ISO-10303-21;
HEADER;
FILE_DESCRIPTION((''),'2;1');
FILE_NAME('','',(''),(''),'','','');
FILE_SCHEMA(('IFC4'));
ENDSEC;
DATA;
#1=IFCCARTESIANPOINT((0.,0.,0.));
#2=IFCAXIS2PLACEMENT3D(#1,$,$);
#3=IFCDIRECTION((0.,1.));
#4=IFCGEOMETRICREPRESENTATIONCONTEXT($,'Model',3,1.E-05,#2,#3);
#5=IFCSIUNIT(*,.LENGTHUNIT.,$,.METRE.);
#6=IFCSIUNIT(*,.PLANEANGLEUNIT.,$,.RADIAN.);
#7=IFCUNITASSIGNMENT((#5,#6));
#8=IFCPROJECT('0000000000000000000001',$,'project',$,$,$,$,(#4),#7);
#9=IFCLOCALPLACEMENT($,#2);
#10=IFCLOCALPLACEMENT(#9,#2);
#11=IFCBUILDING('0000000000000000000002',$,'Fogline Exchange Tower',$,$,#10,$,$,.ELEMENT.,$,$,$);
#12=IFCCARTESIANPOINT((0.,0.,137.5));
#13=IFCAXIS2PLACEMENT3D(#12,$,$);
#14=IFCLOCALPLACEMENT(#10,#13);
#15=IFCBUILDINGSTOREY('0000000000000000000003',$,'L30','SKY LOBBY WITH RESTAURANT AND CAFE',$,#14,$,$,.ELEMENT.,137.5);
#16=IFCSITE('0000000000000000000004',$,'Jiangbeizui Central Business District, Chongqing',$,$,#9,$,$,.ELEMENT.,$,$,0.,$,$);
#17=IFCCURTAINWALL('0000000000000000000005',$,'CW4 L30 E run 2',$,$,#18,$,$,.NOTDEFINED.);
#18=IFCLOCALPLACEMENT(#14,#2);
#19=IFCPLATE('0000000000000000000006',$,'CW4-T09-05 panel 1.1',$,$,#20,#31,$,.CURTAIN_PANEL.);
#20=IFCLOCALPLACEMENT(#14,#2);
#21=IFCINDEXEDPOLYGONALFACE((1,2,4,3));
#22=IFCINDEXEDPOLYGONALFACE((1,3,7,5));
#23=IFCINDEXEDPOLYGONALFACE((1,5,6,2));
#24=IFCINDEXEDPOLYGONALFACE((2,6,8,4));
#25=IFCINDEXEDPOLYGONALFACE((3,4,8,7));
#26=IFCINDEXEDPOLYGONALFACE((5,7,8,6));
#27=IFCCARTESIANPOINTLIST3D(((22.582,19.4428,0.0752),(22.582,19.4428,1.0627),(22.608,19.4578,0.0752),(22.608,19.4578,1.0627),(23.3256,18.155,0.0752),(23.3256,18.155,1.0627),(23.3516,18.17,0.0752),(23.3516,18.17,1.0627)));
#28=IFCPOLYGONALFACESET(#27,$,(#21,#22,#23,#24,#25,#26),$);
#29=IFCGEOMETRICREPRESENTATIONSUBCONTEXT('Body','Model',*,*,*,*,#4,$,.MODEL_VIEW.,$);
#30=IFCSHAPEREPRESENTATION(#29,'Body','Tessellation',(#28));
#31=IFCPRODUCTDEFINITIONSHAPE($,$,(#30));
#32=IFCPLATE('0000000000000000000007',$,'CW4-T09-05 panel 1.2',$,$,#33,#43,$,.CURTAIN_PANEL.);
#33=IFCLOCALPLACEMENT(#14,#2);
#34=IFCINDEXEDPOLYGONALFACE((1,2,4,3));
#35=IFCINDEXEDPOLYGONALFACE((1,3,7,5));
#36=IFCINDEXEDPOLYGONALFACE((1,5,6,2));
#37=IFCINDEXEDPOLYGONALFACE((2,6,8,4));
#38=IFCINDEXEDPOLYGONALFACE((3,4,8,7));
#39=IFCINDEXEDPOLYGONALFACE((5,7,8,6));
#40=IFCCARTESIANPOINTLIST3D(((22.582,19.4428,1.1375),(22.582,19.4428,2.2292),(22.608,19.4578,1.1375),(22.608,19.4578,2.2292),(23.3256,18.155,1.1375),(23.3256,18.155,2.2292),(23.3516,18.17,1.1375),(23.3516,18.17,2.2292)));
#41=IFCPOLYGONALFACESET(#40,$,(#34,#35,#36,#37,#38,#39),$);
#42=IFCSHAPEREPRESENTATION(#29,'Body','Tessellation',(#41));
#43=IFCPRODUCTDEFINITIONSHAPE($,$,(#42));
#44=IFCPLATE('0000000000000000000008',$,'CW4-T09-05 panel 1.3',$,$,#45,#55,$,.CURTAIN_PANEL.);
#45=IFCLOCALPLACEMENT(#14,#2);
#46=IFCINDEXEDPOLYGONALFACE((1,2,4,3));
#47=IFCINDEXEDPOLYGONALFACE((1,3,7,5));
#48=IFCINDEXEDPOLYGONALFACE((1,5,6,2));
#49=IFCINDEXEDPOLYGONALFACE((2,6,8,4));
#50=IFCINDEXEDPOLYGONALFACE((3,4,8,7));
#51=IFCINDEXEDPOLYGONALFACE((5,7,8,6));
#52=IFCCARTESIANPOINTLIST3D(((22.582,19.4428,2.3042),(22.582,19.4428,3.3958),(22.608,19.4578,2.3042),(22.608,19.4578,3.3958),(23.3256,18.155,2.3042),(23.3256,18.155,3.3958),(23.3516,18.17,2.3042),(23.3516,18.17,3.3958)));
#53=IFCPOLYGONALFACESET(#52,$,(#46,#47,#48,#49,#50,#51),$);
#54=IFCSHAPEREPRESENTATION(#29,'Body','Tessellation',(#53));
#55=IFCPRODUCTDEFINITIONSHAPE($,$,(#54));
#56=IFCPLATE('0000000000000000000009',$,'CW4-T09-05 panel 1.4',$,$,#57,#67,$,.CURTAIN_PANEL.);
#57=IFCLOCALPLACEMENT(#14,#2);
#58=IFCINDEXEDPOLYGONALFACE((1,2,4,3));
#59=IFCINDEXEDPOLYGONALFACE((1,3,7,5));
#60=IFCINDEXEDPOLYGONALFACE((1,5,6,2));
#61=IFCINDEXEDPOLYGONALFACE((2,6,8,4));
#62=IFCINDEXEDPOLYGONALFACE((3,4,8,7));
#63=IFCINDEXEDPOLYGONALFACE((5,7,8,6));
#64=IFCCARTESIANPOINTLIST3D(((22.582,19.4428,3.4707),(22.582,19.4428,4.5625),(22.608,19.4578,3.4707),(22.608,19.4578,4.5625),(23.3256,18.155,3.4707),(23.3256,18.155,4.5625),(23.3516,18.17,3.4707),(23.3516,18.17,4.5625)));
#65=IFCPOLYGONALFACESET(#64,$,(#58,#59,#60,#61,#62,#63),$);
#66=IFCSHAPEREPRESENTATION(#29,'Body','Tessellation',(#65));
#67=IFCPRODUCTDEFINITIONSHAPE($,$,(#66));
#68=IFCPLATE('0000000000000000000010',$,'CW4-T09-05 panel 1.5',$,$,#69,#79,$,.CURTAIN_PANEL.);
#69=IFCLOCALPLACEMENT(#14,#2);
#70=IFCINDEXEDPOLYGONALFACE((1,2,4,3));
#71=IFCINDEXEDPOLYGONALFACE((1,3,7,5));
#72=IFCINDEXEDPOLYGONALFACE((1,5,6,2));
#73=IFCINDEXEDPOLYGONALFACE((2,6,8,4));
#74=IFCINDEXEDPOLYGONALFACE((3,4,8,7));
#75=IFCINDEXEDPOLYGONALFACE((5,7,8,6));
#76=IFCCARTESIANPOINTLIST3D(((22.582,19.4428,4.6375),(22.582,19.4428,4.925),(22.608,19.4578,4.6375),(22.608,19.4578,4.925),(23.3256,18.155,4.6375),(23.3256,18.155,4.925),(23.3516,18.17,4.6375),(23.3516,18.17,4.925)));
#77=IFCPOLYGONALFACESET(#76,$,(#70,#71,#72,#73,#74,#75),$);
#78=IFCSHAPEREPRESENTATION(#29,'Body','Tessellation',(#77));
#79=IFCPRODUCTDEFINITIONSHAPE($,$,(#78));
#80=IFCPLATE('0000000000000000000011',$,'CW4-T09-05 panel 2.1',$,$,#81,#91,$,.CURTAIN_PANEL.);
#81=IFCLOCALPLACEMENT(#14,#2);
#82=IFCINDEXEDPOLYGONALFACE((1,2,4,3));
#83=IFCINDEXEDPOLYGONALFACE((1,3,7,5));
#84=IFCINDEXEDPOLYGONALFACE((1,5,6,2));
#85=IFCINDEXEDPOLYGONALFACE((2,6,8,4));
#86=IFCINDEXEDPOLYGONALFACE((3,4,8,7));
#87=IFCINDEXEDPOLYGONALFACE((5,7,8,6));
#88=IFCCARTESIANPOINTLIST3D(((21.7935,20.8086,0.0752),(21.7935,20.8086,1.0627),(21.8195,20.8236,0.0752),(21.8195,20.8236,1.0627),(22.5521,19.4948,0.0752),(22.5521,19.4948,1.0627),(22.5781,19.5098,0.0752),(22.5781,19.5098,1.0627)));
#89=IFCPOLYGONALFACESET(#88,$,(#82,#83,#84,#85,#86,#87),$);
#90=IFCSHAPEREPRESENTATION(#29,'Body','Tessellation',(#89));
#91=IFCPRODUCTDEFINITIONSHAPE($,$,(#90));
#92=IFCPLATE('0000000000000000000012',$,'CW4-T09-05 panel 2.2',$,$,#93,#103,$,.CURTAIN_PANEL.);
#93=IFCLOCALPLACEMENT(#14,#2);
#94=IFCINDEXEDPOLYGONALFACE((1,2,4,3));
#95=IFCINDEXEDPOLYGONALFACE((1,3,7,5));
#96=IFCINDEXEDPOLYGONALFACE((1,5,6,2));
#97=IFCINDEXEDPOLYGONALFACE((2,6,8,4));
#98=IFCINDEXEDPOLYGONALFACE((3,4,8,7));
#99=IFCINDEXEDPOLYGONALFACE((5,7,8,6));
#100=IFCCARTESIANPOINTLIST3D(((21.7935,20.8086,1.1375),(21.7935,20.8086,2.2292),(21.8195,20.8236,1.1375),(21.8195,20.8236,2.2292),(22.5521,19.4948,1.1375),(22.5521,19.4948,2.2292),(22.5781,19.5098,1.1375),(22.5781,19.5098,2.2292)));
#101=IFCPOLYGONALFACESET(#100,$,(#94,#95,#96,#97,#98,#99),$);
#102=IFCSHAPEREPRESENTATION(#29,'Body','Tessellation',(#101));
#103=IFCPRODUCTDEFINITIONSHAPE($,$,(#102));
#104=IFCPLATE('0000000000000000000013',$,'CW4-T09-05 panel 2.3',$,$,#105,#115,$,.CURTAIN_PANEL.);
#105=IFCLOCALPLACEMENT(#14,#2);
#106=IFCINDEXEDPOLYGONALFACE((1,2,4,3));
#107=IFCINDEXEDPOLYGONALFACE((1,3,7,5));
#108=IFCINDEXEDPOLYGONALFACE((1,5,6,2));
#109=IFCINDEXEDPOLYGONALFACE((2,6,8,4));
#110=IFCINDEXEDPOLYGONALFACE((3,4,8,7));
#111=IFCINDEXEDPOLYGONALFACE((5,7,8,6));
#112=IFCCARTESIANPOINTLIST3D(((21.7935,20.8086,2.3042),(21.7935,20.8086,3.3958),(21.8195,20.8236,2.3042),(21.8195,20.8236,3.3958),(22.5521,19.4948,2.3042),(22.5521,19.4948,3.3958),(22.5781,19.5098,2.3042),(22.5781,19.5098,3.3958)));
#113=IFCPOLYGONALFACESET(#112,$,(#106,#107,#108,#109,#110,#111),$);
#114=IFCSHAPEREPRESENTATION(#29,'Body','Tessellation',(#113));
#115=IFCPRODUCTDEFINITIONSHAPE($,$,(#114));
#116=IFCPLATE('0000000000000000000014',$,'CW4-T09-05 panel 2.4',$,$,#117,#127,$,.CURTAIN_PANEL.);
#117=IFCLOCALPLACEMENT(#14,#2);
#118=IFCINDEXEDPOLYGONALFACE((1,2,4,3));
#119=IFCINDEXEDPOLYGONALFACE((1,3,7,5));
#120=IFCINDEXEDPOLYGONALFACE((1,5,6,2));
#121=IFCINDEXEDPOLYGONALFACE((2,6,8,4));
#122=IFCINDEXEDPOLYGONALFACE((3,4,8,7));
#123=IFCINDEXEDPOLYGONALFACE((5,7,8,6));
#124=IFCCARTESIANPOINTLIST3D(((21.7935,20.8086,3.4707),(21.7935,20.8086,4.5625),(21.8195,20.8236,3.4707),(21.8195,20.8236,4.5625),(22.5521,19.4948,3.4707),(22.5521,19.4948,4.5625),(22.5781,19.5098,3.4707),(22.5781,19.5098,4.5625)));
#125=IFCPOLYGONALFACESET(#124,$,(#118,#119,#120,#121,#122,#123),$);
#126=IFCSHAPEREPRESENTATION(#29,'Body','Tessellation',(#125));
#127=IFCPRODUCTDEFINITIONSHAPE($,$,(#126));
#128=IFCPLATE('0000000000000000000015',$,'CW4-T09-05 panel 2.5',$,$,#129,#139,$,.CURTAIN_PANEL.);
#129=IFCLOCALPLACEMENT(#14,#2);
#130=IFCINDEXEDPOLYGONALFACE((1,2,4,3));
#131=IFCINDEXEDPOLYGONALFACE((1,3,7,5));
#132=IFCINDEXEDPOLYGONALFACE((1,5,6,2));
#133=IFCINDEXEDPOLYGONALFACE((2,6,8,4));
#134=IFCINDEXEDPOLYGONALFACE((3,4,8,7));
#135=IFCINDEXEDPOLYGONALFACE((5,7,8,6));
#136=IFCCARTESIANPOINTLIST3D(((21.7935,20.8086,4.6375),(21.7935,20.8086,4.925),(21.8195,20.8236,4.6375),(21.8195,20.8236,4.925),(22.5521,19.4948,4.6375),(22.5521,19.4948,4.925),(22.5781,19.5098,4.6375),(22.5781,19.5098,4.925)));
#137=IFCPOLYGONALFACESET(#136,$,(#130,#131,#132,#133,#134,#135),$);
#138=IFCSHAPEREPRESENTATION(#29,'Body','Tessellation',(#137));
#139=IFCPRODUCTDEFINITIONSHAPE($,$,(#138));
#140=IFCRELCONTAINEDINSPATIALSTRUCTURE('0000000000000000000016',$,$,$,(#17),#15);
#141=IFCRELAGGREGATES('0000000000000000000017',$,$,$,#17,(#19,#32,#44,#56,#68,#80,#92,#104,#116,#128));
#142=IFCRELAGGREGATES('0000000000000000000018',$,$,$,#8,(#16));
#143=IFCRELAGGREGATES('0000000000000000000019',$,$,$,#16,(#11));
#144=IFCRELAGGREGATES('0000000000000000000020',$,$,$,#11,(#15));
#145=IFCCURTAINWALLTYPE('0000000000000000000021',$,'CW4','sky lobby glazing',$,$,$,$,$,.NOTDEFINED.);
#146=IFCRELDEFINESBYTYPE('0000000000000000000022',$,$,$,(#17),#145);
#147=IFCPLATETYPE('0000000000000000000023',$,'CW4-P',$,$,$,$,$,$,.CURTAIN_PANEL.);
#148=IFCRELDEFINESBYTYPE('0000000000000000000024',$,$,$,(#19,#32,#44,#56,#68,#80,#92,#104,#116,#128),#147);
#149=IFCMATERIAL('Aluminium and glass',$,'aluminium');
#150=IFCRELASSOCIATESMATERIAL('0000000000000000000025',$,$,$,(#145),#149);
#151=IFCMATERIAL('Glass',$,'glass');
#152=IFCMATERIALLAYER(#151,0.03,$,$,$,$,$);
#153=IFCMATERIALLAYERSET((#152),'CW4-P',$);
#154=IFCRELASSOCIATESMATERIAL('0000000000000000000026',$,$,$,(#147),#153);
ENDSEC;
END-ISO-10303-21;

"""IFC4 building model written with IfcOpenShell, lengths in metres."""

from ifc_helpers import new_model, si_unit, direction, frame, origin, origin_2d, place, context, subcontext, project, spatial, rectangle, extrude, material, layer, layer_set, type_object, element, aggregate, save


model = new_model("IFC4")

# Units and contexts
model_context = context("Model", 3, precision=1e-05, world=origin(), true_north=direction((0.0, 1.0)))
body_context = subcontext(model_context, "Body", "Model", "MODEL_VIEW")
ifc_project = project(units=[si_unit("LENGTHUNIT", "METRE"), si_unit("PLANEANGLEUNIT", "RADIAN")], contexts=[model_context])

# Site, building, storey
site_placement = place(None, origin())
site = spatial("IfcSite", under=ifc_project, at=site_placement, Name="Jiangbeizui Central Business District, Chongqing", CompositionType="ELEMENT", RefElevation=0.0)
building_placement = place(site_placement, origin())
building = spatial("IfcBuilding", under=site, at=building_placement, Name="Fogline Exchange Tower", CompositionType="ELEMENT")
storey_placement = place(building_placement, frame((0.0, 0.0, 137.5)))
storey = spatial("IfcBuildingStorey", under=building, at=storey_placement, Name="L30", Description="SKY LOBBY WITH RESTAURANT AND CAFE", CompositionType="ELEMENT", Elevation=137.5)

# Curtain wall, plates
ifc_material_1 = material(Name="Aluminium and glass", Category="aluminium")
curtain_wall_type = type_object("IfcCurtainWallType", Name="CW4", Description="sky lobby glazing", PredefinedType="NOTDEFINED", material=ifc_material_1)
curtain_wall_placement = place(storey_placement, origin())
curtain_wall = element("IfcCurtainWall", 1, at=curtain_wall_placement, inside=storey, type_object=curtain_wall_type, Name="CW4 L30 E run 2", PredefinedType="NOTDEFINED")
ifc_material_2 = material(Name="Glass", Category="glass")
ifc_layer = layer(ifc_material_2, 0.03)
ifc_layer_set = layer_set([ifc_layer], Name="CW4-P")
plate_type = type_object("IfcPlateType", Name="CW4-P", PredefinedType="CURTAIN_PANEL", material=ifc_layer_set)
plate_1_placement = place(storey_placement, frame((22.9668, 18.8064, 0.0752), z_axis=(0.0, 0.0, 1.0), x_axis=(-0.5, 0.866025, 0.0)))
plate_1 = element("IfcPlate", 2, at=plate_1_placement, type_object=plate_type, Name="CW4-T09-05 panel 1.1", PredefinedType="CURTAIN_PANEL", context=body_context, shape_type="SweptSolid", body=[
    extrude(rectangle(XDim=1.4871, YDim=0.03, at=origin_2d()), origin(), (0.0, 0.0, 1.0), 0.9875),
])
plate_2_placement = place(storey_placement, frame((22.9668, 18.8064, 1.1375), z_axis=(0.0, 0.0, 1.0), x_axis=(-0.5, 0.866025, 0.0)))
plate_2 = element("IfcPlate", 3, at=plate_2_placement, type_object=plate_type, Name="CW4-T09-05 panel 1.2", PredefinedType="CURTAIN_PANEL", context=body_context, shape_type="SweptSolid", body=[
    extrude(rectangle(XDim=1.4871, YDim=0.03, at=origin_2d()), origin(), (0.0, 0.0, 1.0), 1.0918),
])
plate_3_placement = place(storey_placement, frame((22.9668, 18.8064, 2.3042), z_axis=(0.0, 0.0, 1.0), x_axis=(-0.5, 0.866025, 0.0)))
plate_3 = element("IfcPlate", 4, at=plate_3_placement, type_object=plate_type, Name="CW4-T09-05 panel 1.3", PredefinedType="CURTAIN_PANEL", context=body_context, shape_type="SweptSolid", body=[
    extrude(rectangle(XDim=1.4871, YDim=0.03, at=origin_2d()), origin(), (0.0, 0.0, 1.0), 1.0916),
])
plate_4_placement = place(storey_placement, frame((22.9668, 18.8064, 3.4707), z_axis=(0.0, 0.0, 1.0), x_axis=(-0.5, 0.866025, 0.0)))
plate_4 = element("IfcPlate", 5, at=plate_4_placement, type_object=plate_type, Name="CW4-T09-05 panel 1.4", PredefinedType="CURTAIN_PANEL", context=body_context, shape_type="SweptSolid", body=[
    extrude(rectangle(XDim=1.4871, YDim=0.03, at=origin_2d()), origin(), (0.0, 0.0, 1.0), 1.0918),
])
plate_5_placement = place(storey_placement, frame((22.9668, 18.8064, 4.6375), z_axis=(0.0, 0.0, 1.0), x_axis=(-0.5, 0.866025, 0.0)))
plate_5 = element("IfcPlate", 6, at=plate_5_placement, type_object=plate_type, Name="CW4-T09-05 panel 1.5", PredefinedType="CURTAIN_PANEL", context=body_context, shape_type="SweptSolid", body=[
    extrude(rectangle(XDim=1.4871, YDim=0.03, at=origin_2d()), origin(), (0.0, 0.0, 1.0), 0.2876),
])
plate_6_placement = place(storey_placement, frame((22.1858, 20.1592, 0.0752), z_axis=(0.0, 0.0, 1.0), x_axis=(-0.5, 0.866025, 0.0)))
plate_6 = element("IfcPlate", 7, at=plate_6_placement, type_object=plate_type, Name="CW4-T09-05 panel 2.1", PredefinedType="CURTAIN_PANEL", context=body_context, shape_type="SweptSolid", body=[
    extrude(rectangle(XDim=1.5171, YDim=0.03, at=origin_2d()), origin(), (0.0, 0.0, 1.0), 0.9875),
])
plate_7_placement = place(storey_placement, frame((22.1858, 20.1592, 1.1375), z_axis=(0.0, 0.0, 1.0), x_axis=(-0.5, 0.866025, 0.0)))
plate_7 = element("IfcPlate", 8, at=plate_7_placement, type_object=plate_type, Name="CW4-T09-05 panel 2.2", PredefinedType="CURTAIN_PANEL", context=body_context, shape_type="SweptSolid", body=[
    extrude(rectangle(XDim=1.5171, YDim=0.03, at=origin_2d()), origin(), (0.0, 0.0, 1.0), 1.0918),
])
plate_8_placement = place(storey_placement, frame((22.1858, 20.1592, 2.3042), z_axis=(0.0, 0.0, 1.0), x_axis=(-0.5, 0.866025, 0.0)))
plate_8 = element("IfcPlate", 9, at=plate_8_placement, type_object=plate_type, Name="CW4-T09-05 panel 2.3", PredefinedType="CURTAIN_PANEL", context=body_context, shape_type="SweptSolid", body=[
    extrude(rectangle(XDim=1.5171, YDim=0.03, at=origin_2d()), origin(), (0.0, 0.0, 1.0), 1.0916),
])
plate_9_placement = place(storey_placement, frame((22.1858, 20.1592, 3.4707), z_axis=(0.0, 0.0, 1.0), x_axis=(-0.5, 0.866025, 0.0)))
plate_9 = element("IfcPlate", 10, at=plate_9_placement, type_object=plate_type, Name="CW4-T09-05 panel 2.4", PredefinedType="CURTAIN_PANEL", context=body_context, shape_type="SweptSolid", body=[
    extrude(rectangle(XDim=1.5171, YDim=0.03, at=origin_2d()), origin(), (0.0, 0.0, 1.0), 1.0918),
])
plate_10_placement = place(storey_placement, frame((22.1858, 20.1592, 4.6375), z_axis=(0.0, 0.0, 1.0), x_axis=(-0.5, 0.866025, 0.0)))
plate_10 = element("IfcPlate", 11, at=plate_10_placement, type_object=plate_type, Name="CW4-T09-05 panel 2.5", PredefinedType="CURTAIN_PANEL", context=body_context, shape_type="SweptSolid", body=[
    extrude(rectangle(XDim=1.5171, YDim=0.03, at=origin_2d()), origin(), (0.0, 0.0, 1.0), 0.2876),
])
aggregate(curtain_wall, [plate_1, plate_2, plate_3, plate_4, plate_5, plate_6, plate_7, plate_8, plate_9, plate_10])

save(model, "model.ifc")
